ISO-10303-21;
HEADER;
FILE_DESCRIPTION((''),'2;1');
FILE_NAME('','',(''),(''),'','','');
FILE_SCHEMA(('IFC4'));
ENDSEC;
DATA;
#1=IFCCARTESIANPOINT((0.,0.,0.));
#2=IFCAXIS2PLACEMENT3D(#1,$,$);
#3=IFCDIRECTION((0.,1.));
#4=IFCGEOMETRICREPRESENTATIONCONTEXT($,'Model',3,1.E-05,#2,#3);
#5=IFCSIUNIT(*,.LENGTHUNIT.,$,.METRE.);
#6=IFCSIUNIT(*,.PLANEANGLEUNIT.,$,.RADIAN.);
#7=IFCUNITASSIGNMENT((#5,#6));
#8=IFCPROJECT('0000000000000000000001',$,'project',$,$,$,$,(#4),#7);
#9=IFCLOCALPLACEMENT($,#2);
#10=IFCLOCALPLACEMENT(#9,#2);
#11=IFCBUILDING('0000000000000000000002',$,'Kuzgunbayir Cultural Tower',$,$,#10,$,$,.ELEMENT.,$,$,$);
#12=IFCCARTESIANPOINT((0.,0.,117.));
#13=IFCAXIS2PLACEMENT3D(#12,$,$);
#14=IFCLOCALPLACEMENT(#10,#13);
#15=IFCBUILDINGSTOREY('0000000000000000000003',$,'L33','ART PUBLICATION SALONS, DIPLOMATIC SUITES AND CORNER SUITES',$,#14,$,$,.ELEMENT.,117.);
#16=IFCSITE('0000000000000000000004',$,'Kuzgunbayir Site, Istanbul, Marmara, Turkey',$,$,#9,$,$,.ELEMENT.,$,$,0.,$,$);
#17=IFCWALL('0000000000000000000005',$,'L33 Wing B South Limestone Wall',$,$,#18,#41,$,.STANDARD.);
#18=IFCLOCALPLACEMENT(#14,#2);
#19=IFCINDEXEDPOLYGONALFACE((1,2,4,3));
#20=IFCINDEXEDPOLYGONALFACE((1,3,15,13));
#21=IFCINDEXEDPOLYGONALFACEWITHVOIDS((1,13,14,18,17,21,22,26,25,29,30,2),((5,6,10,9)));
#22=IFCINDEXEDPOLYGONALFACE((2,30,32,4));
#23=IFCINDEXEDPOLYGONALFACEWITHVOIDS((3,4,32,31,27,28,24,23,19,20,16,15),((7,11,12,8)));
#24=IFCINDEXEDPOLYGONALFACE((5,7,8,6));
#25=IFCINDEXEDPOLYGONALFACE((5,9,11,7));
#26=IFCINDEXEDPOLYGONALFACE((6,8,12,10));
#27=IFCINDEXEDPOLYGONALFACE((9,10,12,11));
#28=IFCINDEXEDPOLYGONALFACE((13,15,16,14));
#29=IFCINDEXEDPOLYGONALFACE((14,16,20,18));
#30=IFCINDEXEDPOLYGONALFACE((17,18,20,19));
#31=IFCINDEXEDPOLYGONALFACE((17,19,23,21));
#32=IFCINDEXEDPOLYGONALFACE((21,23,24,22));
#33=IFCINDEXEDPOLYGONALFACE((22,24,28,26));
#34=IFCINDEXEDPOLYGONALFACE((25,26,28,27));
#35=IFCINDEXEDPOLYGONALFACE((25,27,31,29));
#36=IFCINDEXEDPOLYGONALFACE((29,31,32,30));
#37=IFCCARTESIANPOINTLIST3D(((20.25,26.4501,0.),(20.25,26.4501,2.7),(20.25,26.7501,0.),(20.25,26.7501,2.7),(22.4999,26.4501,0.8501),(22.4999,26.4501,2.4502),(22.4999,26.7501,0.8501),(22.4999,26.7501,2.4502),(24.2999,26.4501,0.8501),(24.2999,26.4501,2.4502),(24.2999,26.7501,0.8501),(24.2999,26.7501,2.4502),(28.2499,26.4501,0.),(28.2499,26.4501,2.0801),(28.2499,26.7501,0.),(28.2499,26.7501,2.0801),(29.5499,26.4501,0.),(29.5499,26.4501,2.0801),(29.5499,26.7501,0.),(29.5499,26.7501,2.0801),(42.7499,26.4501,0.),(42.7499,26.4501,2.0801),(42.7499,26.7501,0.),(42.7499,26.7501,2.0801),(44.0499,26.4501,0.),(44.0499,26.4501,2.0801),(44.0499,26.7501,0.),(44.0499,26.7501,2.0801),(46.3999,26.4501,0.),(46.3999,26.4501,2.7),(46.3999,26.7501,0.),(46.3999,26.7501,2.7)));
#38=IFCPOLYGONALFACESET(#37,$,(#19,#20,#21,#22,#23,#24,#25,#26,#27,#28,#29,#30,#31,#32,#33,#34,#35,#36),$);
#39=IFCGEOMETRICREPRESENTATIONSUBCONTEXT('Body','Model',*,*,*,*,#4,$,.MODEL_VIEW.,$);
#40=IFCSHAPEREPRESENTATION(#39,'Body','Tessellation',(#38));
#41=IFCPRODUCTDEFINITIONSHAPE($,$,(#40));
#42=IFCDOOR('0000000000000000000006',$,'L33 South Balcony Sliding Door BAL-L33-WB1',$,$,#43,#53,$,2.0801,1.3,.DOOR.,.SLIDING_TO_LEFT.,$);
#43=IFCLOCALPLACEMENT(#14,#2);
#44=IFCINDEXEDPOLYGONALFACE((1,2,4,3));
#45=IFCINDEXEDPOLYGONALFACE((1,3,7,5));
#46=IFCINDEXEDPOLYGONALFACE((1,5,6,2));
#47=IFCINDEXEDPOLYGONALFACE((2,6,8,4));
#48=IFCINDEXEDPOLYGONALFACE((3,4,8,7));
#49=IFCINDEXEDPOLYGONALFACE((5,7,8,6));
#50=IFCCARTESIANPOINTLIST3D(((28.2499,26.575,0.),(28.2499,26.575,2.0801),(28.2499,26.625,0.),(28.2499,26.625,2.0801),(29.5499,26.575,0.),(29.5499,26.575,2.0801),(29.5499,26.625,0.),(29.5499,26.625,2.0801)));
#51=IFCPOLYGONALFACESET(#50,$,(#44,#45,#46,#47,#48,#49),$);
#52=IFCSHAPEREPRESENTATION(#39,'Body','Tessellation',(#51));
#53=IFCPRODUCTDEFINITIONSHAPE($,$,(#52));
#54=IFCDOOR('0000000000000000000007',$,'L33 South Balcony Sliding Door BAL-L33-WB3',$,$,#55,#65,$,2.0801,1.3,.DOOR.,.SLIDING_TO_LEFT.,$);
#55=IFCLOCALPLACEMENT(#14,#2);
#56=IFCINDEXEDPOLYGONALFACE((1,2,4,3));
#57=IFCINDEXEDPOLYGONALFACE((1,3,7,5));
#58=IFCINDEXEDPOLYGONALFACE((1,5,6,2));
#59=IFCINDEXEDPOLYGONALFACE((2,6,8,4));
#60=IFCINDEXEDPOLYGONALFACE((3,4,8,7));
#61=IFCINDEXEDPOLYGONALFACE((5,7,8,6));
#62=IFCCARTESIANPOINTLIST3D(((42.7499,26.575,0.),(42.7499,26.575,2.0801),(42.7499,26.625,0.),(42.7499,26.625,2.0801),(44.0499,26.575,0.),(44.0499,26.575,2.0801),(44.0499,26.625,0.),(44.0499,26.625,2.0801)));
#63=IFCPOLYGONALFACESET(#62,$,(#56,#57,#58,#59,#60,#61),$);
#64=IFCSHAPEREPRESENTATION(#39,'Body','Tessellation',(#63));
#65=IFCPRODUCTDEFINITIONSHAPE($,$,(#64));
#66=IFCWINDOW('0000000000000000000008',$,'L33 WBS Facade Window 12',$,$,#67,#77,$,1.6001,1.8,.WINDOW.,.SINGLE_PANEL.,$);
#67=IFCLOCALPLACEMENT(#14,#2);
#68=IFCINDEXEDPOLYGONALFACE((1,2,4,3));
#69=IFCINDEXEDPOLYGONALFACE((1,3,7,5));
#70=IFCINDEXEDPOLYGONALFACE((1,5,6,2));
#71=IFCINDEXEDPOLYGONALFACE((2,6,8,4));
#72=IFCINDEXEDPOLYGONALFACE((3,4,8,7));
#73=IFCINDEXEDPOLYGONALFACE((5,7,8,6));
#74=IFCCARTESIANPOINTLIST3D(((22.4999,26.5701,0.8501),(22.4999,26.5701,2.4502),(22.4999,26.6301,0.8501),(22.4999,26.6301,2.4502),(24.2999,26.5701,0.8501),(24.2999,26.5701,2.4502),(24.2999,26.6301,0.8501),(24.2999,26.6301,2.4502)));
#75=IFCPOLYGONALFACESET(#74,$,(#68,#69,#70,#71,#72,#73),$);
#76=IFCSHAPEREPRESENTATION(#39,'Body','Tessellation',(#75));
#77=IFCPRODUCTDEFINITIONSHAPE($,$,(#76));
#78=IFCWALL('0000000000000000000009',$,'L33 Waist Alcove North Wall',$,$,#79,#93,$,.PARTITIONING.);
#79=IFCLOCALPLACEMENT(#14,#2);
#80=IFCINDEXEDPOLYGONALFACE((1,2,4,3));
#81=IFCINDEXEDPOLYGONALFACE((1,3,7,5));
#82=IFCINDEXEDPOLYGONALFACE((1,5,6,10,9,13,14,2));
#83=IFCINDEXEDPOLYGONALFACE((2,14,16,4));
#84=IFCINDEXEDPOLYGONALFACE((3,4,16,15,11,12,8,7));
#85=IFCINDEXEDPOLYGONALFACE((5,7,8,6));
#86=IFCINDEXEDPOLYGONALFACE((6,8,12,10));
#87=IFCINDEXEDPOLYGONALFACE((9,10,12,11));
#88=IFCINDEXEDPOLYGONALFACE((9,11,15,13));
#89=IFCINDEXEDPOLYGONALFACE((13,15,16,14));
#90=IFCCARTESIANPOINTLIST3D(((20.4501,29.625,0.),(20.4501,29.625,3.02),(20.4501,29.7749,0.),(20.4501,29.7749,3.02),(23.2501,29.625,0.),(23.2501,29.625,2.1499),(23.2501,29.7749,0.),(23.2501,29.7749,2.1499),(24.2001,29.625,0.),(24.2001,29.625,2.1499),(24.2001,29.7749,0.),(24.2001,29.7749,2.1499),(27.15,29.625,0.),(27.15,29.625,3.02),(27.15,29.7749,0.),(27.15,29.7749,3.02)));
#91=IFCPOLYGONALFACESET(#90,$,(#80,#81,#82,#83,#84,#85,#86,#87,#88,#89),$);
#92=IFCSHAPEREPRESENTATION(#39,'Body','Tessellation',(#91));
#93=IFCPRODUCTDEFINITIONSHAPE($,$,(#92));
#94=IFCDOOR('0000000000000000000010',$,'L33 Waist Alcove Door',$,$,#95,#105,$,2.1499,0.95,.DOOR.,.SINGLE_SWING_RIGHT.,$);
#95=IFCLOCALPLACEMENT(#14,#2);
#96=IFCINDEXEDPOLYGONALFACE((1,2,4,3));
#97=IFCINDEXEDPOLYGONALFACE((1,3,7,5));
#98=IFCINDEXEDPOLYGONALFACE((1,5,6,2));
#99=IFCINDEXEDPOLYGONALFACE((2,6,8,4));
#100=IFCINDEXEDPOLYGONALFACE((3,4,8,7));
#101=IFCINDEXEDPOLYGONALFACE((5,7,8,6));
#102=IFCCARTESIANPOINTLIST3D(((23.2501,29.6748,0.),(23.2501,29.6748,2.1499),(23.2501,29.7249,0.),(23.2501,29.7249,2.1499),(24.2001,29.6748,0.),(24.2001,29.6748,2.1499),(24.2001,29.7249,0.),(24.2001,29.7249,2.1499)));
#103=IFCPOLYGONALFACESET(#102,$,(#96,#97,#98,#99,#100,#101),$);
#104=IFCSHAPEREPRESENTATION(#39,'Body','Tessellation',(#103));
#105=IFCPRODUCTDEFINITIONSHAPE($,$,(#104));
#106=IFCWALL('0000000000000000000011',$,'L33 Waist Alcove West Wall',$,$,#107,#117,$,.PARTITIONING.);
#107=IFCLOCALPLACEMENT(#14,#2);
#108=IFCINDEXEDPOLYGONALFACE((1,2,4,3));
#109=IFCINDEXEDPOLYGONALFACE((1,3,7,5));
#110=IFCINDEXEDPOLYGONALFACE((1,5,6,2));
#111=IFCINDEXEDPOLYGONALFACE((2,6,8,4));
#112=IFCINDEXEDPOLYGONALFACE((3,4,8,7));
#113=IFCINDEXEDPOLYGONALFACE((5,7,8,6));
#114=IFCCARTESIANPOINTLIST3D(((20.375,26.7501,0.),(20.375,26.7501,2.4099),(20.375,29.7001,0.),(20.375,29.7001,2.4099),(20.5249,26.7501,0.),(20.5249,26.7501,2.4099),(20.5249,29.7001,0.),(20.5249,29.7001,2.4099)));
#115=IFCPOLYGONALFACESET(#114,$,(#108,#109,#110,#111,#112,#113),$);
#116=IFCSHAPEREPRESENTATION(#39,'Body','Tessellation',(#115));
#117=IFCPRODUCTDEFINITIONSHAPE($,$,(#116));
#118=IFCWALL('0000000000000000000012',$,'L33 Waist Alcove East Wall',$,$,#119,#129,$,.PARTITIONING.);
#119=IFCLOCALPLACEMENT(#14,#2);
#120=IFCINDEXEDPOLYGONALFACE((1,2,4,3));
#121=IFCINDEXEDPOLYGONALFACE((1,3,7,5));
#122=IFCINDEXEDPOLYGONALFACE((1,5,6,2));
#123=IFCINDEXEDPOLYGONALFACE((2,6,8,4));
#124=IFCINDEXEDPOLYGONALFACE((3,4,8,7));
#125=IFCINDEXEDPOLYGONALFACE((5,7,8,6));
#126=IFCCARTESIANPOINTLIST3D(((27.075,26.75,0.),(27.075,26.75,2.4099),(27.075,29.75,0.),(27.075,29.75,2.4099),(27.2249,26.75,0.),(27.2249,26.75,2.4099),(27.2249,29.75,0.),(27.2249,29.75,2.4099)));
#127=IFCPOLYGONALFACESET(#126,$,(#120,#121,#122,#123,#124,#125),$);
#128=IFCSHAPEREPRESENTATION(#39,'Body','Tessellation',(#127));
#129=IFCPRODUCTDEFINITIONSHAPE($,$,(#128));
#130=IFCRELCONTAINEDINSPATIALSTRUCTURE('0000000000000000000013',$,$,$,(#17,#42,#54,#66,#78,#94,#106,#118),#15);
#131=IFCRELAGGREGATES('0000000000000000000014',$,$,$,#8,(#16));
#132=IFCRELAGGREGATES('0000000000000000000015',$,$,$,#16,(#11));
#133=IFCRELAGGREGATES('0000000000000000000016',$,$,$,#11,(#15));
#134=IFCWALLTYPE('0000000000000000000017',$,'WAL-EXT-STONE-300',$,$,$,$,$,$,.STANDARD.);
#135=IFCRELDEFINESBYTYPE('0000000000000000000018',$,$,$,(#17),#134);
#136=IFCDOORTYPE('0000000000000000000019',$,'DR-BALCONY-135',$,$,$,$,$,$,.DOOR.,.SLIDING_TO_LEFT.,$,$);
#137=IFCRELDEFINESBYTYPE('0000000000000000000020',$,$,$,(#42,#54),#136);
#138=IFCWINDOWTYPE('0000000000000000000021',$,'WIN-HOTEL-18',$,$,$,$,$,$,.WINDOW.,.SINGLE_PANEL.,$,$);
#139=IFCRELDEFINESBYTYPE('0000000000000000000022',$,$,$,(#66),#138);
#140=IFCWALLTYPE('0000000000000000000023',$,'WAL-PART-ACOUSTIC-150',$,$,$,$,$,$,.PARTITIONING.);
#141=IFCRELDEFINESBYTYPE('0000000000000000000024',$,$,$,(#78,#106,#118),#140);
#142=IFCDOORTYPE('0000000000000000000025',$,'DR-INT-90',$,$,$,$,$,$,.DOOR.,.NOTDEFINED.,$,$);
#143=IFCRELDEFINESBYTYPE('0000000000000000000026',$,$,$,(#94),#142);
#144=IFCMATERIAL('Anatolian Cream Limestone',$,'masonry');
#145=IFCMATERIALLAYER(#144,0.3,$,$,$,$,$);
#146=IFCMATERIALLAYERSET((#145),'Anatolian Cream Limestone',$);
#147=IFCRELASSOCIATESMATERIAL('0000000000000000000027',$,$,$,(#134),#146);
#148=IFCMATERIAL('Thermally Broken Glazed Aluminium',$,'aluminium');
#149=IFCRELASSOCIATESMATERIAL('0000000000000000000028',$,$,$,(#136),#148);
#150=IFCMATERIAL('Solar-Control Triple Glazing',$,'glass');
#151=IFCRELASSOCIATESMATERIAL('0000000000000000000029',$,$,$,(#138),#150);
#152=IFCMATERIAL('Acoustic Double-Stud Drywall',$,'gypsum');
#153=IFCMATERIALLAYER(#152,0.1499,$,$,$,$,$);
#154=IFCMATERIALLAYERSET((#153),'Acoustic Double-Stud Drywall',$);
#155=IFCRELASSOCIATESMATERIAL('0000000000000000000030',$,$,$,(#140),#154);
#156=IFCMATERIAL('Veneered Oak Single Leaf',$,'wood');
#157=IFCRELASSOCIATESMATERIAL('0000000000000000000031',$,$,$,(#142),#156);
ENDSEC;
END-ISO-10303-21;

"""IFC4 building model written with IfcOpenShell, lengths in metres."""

from ifc_helpers import new_model, si_unit, direction, frame, frame_2d, origin, place, context, subcontext, project, spatial, rectangle, extrude, material, layer, layer_set, type_object, element, fill, save


model = new_model("IFC4")

# Units and contexts
model_context = context("Model", 3, precision=1e-05, world=origin(), true_north=direction((0.0, 1.0)))
body_context = subcontext(model_context, "Body", "Model", "MODEL_VIEW")
ifc_project = project(units=[si_unit("LENGTHUNIT", "METRE"), si_unit("PLANEANGLEUNIT", "RADIAN")], contexts=[model_context])

# Site, building, storey
site_placement = place(None, origin())
site = spatial("IfcSite", under=ifc_project, at=site_placement, Name="Kuzgunbayir Site, Istanbul, Marmara, Turkey", CompositionType="ELEMENT", RefElevation=0.0)
building_placement = place(site_placement, origin())
building = spatial("IfcBuilding", under=site, at=building_placement, Name="Kuzgunbayir Cultural Tower", CompositionType="ELEMENT")
storey_placement = place(building_placement, frame((0.0, 0.0, 117.0)))
storey = spatial("IfcBuildingStorey", under=building, at=storey_placement, Name="L33", Description="ART PUBLICATION SALONS, DIPLOMATIC SUITES AND CORNER SUITES", CompositionType="ELEMENT", Elevation=117.0)

# Wall, openings, doors, window
ifc_material_1 = material(Name="Anatolian Cream Limestone", Category="masonry")
ifc_layer_1 = layer(ifc_material_1, 0.3)
ifc_layer_set_1 = layer_set([ifc_layer_1], Name="Anatolian Cream Limestone")
wall_type_1 = type_object("IfcWallType", Name="WAL-EXT-STONE-300", PredefinedType="STANDARD", material=ifc_layer_set_1)
wall_1_placement = place(storey_placement, frame((20.25, 26.6001, 0.0), z_axis=(0.0, 0.0, 1.0), x_axis=(1.0, 0.0, 0.0)))
wall_1 = element("IfcWall", 1, at=wall_1_placement, inside=storey, type_object=wall_type_1, Name="L33 Wing B South Limestone Wall", PredefinedType="STANDARD", context=body_context, shape_type="SweptSolid", body=[
    extrude(rectangle(XDim=26.1499, YDim=0.3, at=frame_2d((13.075, 0.0))), origin(), (0.0, 0.0, 1.0), 2.7),
])
opening_1_placement = place(wall_1_placement, frame((8.0, 0.0, 0.0)))
opening_1 = element("IfcOpeningElement", 2, at=opening_1_placement, cuts=wall_1, PredefinedType="OPENING", context=body_context, shape_type="SweptSolid", body=[
    extrude(rectangle(XDim=1.3, YDim=2.0801, at=frame_2d((0.6499, 1.04))), frame((0.0, 0.1602, 0.0), z_axis=(0.0, -1.0, 0.0), x_axis=(1.0, 0.0, 0.0)), (0.0, 0.0, 1.0), 0.3201),
])
opening_2_placement = place(wall_1_placement, frame((22.5, 0.0, 0.0)))
opening_2 = element("IfcOpeningElement", 3, at=opening_2_placement, cuts=wall_1, PredefinedType="OPENING", context=body_context, shape_type="SweptSolid", body=[
    extrude(rectangle(XDim=1.3, YDim=2.0801, at=frame_2d((0.6499, 1.04))), frame((0.0, 0.1602, 0.0), z_axis=(0.0, -1.0, 0.0), x_axis=(1.0, 0.0, 0.0)), (0.0, 0.0, 1.0), 0.3201),
])
opening_3_placement = place(wall_1_placement, frame((2.25, 0.0, 0.8501)))
opening_3 = element("IfcOpeningElement", 4, at=opening_3_placement, cuts=wall_1, PredefinedType="OPENING", context=body_context, shape_type="SweptSolid", body=[
    extrude(rectangle(XDim=1.8, YDim=1.6001, at=frame_2d((0.8999, 0.8))), frame((0.0, 0.1602, 0.0), z_axis=(0.0, -1.0, 0.0), x_axis=(1.0, 0.0, 0.0)), (0.0, 0.0, 1.0), 0.3201),
])
ifc_material_2 = material(Name="Thermally Broken Glazed Aluminium", Category="aluminium")
door_type_1 = type_object("IfcDoorType", Name="DR-BALCONY-135", OperationType="SLIDING_TO_LEFT", PredefinedType="DOOR", material=ifc_material_2)
door_1_placement = place(opening_1_placement, origin())
door_1 = element("IfcDoor", 5, at=door_1_placement, inside=storey, type_object=door_type_1, Name="L33 South Balcony Sliding Door BAL-L33-WB1", OperationType="SLIDING_TO_LEFT", OverallHeight=2.0801, OverallWidth=1.3, PredefinedType="DOOR", context=body_context, shape_type="SweptSolid", body=[
    extrude(rectangle(XDim=1.3, YDim=2.0801, at=frame_2d((0.6499, 1.04))), frame((0.0, 0.0249, 0.0), z_axis=(0.0, -1.0, 0.0), x_axis=(1.0, 0.0, 0.0)), (0.0, 0.0, 1.0), 0.05),
])
fill(opening_1, door_1)
door_2_placement = place(opening_2_placement, origin())
door_2 = element("IfcDoor", 6, at=door_2_placement, inside=storey, type_object=door_type_1, Name="L33 South Balcony Sliding Door BAL-L33-WB3", OperationType="SLIDING_TO_LEFT", OverallHeight=2.0801, OverallWidth=1.3, PredefinedType="DOOR", context=body_context, shape_type="SweptSolid", body=[
    extrude(rectangle(XDim=1.3, YDim=2.0801, at=frame_2d((0.6499, 1.04))), frame((0.0, 0.0249, 0.0), z_axis=(0.0, -1.0, 0.0), x_axis=(1.0, 0.0, 0.0)), (0.0, 0.0, 1.0), 0.05),
])
fill(opening_2, door_2)
ifc_material_3 = material(Name="Solar-Control Triple Glazing", Category="glass")
window_type = type_object("IfcWindowType", Name="WIN-HOTEL-18", PartitioningType="SINGLE_PANEL", PredefinedType="WINDOW", material=ifc_material_3)
window_placement = place(opening_3_placement, origin())
window = element("IfcWindow", 7, at=window_placement, inside=storey, type_object=window_type, Name="L33 WBS Facade Window 12", OverallHeight=1.6001, OverallWidth=1.8, PartitioningType="SINGLE_PANEL", PredefinedType="WINDOW", context=body_context, shape_type="SweptSolid", body=[
    extrude(rectangle(XDim=1.8, YDim=1.6001, at=frame_2d((0.8999, 0.8))), frame((0.0, 0.03, 0.0), z_axis=(0.0, -1.0, 0.0), x_axis=(1.0, 0.0, 0.0)), (0.0, 0.0, 1.0), 0.0601),
])
fill(opening_3, window)

# Wall, opening, door
ifc_material_4 = material(Name="Acoustic Double-Stud Drywall", Category="gypsum")
ifc_layer_2 = layer(ifc_material_4, 0.1499)
ifc_layer_set_2 = layer_set([ifc_layer_2], Name="Acoustic Double-Stud Drywall")
wall_type_2 = type_object("IfcWallType", Name="WAL-PART-ACOUSTIC-150", PredefinedType="PARTITIONING", material=ifc_layer_set_2)
wall_2_placement = place(storey_placement, frame((20.45, 29.7, 0.0), z_axis=(0.0, 0.0, 1.0), x_axis=(1.0, 0.0, 0.0)))
wall_2 = element("IfcWall", 8, at=wall_2_placement, inside=storey, type_object=wall_type_2, Name="L33 Waist Alcove North Wall", PredefinedType="PARTITIONING", context=body_context, shape_type="SweptSolid", body=[
    extrude(rectangle(XDim=6.7, YDim=0.1499, at=frame_2d((3.3501, 0.0))), origin(), (0.0, 0.0, 1.0), 3.02),
])
opening_4_placement = place(wall_2_placement, frame((2.8, 0.0, 0.0)))
opening_4 = element("IfcOpeningElement", 9, at=opening_4_placement, cuts=wall_2, PredefinedType="OPENING", context=body_context, shape_type="SweptSolid", body=[
    extrude(rectangle(XDim=0.95, YDim=2.1499, at=frame_2d((0.4751, 1.075))), frame((0.0, 0.085, 0.0), z_axis=(0.0, -1.0, 0.0), x_axis=(1.0, 0.0, 0.0)), (0.0, 0.0, 1.0), 0.1699),
])
ifc_material_5 = material(Name="Veneered Oak Single Leaf", Category="wood")
door_type_2 = type_object("IfcDoorType", Name="DR-INT-90", OperationType="NOTDEFINED", PredefinedType="DOOR", material=ifc_material_5)
door_3_placement = place(opening_4_placement, origin())
door_3 = element("IfcDoor", 10, at=door_3_placement, inside=storey, type_object=door_type_2, Name="L33 Waist Alcove Door", OperationType="SINGLE_SWING_RIGHT", OverallHeight=2.1499, OverallWidth=0.95, PredefinedType="DOOR", context=body_context, shape_type="SweptSolid", body=[
    extrude(rectangle(XDim=0.95, YDim=2.1499, at=frame_2d((0.4751, 1.075))), frame((0.0, 0.0249, 0.0), z_axis=(0.0, -1.0, 0.0), x_axis=(1.0, 0.0, 0.0)), (0.0, 0.0, 1.0), 0.05),
])
fill(opening_4, door_3)

# Walls
wall_3_placement = place(storey_placement, frame((20.45, 26.75, 0.0), z_axis=(0.0, 0.0, 1.0), x_axis=(0.0, 1.0, 0.0)))
element("IfcWall", 11, at=wall_3_placement, inside=storey, type_object=wall_type_2, Name="L33 Waist Alcove West Wall", PredefinedType="PARTITIONING", context=body_context, shape_type="SweptSolid", body=[
    extrude(rectangle(XDim=2.95, YDim=0.1499, at=frame_2d((1.4751, 0.0))), origin(), (0.0, 0.0, 1.0), 2.4099),
])
wall_4_placement = place(storey_placement, frame((27.1499, 26.75, 0.0), z_axis=(0.0, 0.0, 1.0), x_axis=(0.0, 1.0, 0.0)))
element("IfcWall", 12, at=wall_4_placement, inside=storey, type_object=wall_type_2, Name="L33 Waist Alcove East Wall", PredefinedType="PARTITIONING", context=body_context, shape_type="SweptSolid", body=[
    extrude(rectangle(XDim=3.0, YDim=0.1499, at=frame_2d((1.5, 0.0))), origin(), (0.0, 0.0, 1.0), 2.4099),
])

save(model, "model.ifc")
